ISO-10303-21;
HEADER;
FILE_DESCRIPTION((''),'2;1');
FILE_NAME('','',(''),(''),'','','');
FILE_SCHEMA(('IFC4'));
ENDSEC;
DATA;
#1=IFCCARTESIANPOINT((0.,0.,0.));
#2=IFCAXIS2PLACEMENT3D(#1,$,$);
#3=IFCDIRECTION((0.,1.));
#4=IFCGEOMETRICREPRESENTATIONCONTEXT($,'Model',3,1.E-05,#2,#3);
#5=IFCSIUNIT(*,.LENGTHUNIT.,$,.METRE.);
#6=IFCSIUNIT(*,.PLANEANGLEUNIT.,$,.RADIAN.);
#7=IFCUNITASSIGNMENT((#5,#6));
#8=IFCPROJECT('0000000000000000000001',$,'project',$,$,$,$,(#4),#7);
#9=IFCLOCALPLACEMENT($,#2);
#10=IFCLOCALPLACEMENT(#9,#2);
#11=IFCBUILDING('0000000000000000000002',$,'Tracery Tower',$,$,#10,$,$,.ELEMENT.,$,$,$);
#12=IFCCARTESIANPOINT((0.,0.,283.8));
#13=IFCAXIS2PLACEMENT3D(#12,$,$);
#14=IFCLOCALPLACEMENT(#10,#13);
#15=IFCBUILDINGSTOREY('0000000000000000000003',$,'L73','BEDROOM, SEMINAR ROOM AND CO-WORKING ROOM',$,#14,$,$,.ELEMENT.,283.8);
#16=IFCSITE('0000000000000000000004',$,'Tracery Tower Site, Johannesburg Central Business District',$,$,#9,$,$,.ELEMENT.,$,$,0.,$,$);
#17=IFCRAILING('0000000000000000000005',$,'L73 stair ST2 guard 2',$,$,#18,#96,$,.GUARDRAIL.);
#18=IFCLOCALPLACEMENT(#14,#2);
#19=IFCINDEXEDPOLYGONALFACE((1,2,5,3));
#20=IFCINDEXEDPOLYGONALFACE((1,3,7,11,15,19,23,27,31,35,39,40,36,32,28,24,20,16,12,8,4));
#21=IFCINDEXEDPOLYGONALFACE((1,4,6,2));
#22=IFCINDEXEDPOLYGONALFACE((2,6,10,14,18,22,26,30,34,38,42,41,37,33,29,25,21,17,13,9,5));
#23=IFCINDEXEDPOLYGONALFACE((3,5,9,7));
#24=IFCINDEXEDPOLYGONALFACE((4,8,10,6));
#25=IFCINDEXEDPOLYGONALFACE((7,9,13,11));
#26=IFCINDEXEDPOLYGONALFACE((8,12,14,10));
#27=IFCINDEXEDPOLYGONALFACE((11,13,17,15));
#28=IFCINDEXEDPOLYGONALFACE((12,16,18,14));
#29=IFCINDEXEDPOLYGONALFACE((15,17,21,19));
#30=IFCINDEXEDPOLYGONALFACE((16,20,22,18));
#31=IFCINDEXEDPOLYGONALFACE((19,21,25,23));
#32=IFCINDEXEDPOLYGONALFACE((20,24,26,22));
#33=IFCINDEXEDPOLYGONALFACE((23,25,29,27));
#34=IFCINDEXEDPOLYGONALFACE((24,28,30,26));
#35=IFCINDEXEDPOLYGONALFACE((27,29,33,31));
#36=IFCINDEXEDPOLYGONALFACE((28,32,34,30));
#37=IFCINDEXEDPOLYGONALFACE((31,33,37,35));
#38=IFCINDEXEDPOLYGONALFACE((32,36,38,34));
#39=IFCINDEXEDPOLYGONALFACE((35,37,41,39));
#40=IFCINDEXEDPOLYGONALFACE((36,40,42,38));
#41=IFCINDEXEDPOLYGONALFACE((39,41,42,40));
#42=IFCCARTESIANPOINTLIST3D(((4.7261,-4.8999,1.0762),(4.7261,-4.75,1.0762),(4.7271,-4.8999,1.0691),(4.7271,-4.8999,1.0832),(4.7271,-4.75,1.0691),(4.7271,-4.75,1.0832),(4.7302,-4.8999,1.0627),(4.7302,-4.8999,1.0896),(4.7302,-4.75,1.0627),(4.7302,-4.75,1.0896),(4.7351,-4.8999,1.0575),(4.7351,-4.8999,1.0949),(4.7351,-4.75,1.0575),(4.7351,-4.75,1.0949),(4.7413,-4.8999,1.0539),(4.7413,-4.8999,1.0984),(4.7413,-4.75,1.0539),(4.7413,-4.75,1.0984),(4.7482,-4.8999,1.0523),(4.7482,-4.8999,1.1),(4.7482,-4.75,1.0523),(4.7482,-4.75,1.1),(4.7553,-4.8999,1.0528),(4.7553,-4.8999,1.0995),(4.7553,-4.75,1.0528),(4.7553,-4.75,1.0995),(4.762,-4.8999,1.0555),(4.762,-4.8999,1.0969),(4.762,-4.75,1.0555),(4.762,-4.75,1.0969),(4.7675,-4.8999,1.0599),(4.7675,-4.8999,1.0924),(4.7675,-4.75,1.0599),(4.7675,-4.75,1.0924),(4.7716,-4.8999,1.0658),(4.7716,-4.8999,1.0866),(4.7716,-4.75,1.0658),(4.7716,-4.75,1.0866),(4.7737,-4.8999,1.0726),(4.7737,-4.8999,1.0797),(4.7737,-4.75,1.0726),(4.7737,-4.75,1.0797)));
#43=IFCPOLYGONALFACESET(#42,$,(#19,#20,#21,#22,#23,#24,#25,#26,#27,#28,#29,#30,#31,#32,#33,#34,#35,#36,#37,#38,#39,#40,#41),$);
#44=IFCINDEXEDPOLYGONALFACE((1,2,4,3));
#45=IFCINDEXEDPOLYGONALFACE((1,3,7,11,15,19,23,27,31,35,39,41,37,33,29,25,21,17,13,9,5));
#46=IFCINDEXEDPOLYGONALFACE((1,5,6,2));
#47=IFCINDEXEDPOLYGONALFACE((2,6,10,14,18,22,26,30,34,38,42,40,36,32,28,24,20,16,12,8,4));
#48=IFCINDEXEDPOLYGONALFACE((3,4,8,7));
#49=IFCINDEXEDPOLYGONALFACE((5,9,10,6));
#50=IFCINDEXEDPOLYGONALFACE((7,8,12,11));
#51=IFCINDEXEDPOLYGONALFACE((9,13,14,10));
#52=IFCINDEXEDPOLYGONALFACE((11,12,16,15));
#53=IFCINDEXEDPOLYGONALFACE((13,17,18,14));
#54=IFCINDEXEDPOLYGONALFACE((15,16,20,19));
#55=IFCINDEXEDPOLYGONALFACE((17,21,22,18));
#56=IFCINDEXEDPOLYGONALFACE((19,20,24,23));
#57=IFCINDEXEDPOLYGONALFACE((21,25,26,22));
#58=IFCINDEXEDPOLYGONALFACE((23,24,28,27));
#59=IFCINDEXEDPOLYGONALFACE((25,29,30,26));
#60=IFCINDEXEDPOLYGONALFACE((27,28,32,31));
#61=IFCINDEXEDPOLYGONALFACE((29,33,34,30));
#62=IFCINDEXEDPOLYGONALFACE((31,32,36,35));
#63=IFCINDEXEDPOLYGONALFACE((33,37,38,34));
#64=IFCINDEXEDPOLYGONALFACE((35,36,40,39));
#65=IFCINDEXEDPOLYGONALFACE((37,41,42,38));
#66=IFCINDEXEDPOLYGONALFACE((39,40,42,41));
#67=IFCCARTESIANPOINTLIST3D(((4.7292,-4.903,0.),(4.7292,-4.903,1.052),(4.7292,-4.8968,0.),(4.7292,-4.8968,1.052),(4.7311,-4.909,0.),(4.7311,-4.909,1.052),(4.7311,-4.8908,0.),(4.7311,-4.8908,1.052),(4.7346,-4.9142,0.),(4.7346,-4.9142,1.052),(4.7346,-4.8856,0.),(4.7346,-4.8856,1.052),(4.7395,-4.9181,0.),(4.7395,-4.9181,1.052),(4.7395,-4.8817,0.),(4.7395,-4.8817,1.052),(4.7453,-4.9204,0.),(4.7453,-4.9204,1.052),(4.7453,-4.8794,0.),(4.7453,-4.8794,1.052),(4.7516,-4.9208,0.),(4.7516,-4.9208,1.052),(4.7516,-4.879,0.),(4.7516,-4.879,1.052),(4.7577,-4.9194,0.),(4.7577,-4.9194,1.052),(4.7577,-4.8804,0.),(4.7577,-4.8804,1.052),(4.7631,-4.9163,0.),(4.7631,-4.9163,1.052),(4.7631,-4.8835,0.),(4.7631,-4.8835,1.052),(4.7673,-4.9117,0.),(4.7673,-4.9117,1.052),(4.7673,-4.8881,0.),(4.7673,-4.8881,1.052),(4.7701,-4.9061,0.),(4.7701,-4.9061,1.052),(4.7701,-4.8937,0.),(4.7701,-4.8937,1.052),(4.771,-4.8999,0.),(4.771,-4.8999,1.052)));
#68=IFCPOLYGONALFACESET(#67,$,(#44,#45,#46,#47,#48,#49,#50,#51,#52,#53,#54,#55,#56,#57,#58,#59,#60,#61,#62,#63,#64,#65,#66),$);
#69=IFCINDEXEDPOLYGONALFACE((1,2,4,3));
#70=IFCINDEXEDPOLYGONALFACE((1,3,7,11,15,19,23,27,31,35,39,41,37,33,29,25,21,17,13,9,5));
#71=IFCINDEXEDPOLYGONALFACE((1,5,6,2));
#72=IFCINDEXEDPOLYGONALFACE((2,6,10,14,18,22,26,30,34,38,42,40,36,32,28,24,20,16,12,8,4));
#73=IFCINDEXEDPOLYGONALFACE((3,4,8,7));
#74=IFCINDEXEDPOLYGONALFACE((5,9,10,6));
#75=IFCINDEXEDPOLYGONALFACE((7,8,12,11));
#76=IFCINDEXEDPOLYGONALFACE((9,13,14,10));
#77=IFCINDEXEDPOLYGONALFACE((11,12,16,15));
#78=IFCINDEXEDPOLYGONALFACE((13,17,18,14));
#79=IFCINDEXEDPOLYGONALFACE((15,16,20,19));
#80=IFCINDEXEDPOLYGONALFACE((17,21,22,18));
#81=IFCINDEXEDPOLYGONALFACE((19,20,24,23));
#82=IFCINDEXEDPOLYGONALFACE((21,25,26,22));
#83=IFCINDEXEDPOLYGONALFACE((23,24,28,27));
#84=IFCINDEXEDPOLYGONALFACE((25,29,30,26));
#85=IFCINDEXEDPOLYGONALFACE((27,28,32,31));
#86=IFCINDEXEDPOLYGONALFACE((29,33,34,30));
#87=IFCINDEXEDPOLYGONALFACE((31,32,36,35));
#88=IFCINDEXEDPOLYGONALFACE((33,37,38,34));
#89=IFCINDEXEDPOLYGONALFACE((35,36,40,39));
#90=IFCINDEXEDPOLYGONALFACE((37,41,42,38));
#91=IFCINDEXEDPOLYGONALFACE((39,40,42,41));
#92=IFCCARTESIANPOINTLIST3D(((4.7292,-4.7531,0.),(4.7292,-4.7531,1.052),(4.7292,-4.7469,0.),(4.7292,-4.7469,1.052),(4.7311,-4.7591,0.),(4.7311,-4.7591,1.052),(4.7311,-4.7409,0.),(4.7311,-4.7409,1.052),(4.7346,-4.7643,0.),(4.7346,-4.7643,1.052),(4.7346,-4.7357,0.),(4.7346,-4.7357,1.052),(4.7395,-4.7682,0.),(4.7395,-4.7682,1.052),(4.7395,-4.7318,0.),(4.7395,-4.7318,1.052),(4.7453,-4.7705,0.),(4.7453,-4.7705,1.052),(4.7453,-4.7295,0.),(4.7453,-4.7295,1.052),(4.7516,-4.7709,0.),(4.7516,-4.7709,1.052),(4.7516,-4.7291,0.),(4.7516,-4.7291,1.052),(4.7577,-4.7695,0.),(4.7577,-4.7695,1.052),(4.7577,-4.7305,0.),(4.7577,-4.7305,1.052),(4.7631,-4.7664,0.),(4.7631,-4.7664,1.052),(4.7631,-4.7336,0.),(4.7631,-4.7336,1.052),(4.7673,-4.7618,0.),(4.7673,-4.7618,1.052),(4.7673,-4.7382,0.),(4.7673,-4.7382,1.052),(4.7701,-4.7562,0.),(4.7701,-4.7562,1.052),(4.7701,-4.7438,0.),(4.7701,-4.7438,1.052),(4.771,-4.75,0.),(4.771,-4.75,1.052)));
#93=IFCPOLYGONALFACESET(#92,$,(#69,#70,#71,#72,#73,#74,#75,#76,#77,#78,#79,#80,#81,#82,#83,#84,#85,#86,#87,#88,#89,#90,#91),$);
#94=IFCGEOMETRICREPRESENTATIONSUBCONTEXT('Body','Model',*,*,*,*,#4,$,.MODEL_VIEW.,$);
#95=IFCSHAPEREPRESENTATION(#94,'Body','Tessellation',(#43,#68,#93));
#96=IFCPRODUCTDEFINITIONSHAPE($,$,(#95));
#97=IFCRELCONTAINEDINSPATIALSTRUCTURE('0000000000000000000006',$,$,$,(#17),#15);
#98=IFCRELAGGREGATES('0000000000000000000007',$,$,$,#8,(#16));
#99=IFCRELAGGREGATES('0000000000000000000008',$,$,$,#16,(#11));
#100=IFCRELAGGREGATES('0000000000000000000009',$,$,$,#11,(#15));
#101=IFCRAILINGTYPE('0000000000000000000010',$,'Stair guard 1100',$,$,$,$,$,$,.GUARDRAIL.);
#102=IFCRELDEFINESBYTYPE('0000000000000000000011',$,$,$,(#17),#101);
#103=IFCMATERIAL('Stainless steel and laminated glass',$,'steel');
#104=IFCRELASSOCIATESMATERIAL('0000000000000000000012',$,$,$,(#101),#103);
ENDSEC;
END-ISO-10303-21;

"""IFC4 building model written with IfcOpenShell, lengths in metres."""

from ifc_helpers import new_model, si_unit, direction, frame, origin, origin_2d, place, context, subcontext, project, spatial, circle, extrude, material, type_object, element, save


model = new_model("IFC4")

# Units and contexts
model_context = context("Model", 3, precision=1e-05, world=origin(), true_north=direction((0.0, 1.0)))
body_context = subcontext(model_context, "Body", "Model", "MODEL_VIEW")
ifc_project = project(units=[si_unit("LENGTHUNIT", "METRE"), si_unit("PLANEANGLEUNIT", "RADIAN")], contexts=[model_context])

# Site, building, storey
site_placement = place(None, origin())
site = spatial("IfcSite", under=ifc_project, at=site_placement, Name="Tracery Tower Site, Johannesburg Central Business District", CompositionType="ELEMENT", RefElevation=0.0)
building_placement = place(site_placement, origin())
building = spatial("IfcBuilding", under=site, at=building_placement, Name="Tracery Tower", CompositionType="ELEMENT")
storey_placement = place(building_placement, frame((0.0, 0.0, 283.8)))
storey = spatial("IfcBuildingStorey", under=building, at=storey_placement, Name="L73", Description="BEDROOM, SEMINAR ROOM AND CO-WORKING ROOM", CompositionType="ELEMENT", Elevation=283.8)

# Railing
ifc_material_1 = material(Name="Stainless steel and laminated glass", Category="steel")
railing_type_1 = type_object("IfcRailingType", Name="Stair guard 1100", PredefinedType="GUARDRAIL", material=ifc_material_1)
railing_1_placement = place(storey_placement, frame((4.75, -4.8999, 0.0)))
element("IfcRailing", 1, at=railing_1_placement, inside=storey, type_object=railing_type_1, Name="L73 stair ST2 guard 2", PredefinedType="GUARDRAIL", context=body_context, shape_type="SweptSolid", body=[
    extrude(circle(Radius=0.0239, at=origin_2d()), frame((0.0, 0.0, 1.0762), z_axis=(0.0, 1.0, 0.0), x_axis=(-1.0, 0.0, 0.0)), (0.0, 0.0, 1.0), 0.1499),
    extrude(circle(Radius=0.021, at=origin_2d()), origin(), (0.0, 0.0, 1.0), 1.052),
    extrude(circle(Radius=0.021, at=origin_2d()), frame((0.0, 0.1499, 0.0)), (0.0, 0.0, 1.0), 1.052),
])

save(model, "model.ifc")
